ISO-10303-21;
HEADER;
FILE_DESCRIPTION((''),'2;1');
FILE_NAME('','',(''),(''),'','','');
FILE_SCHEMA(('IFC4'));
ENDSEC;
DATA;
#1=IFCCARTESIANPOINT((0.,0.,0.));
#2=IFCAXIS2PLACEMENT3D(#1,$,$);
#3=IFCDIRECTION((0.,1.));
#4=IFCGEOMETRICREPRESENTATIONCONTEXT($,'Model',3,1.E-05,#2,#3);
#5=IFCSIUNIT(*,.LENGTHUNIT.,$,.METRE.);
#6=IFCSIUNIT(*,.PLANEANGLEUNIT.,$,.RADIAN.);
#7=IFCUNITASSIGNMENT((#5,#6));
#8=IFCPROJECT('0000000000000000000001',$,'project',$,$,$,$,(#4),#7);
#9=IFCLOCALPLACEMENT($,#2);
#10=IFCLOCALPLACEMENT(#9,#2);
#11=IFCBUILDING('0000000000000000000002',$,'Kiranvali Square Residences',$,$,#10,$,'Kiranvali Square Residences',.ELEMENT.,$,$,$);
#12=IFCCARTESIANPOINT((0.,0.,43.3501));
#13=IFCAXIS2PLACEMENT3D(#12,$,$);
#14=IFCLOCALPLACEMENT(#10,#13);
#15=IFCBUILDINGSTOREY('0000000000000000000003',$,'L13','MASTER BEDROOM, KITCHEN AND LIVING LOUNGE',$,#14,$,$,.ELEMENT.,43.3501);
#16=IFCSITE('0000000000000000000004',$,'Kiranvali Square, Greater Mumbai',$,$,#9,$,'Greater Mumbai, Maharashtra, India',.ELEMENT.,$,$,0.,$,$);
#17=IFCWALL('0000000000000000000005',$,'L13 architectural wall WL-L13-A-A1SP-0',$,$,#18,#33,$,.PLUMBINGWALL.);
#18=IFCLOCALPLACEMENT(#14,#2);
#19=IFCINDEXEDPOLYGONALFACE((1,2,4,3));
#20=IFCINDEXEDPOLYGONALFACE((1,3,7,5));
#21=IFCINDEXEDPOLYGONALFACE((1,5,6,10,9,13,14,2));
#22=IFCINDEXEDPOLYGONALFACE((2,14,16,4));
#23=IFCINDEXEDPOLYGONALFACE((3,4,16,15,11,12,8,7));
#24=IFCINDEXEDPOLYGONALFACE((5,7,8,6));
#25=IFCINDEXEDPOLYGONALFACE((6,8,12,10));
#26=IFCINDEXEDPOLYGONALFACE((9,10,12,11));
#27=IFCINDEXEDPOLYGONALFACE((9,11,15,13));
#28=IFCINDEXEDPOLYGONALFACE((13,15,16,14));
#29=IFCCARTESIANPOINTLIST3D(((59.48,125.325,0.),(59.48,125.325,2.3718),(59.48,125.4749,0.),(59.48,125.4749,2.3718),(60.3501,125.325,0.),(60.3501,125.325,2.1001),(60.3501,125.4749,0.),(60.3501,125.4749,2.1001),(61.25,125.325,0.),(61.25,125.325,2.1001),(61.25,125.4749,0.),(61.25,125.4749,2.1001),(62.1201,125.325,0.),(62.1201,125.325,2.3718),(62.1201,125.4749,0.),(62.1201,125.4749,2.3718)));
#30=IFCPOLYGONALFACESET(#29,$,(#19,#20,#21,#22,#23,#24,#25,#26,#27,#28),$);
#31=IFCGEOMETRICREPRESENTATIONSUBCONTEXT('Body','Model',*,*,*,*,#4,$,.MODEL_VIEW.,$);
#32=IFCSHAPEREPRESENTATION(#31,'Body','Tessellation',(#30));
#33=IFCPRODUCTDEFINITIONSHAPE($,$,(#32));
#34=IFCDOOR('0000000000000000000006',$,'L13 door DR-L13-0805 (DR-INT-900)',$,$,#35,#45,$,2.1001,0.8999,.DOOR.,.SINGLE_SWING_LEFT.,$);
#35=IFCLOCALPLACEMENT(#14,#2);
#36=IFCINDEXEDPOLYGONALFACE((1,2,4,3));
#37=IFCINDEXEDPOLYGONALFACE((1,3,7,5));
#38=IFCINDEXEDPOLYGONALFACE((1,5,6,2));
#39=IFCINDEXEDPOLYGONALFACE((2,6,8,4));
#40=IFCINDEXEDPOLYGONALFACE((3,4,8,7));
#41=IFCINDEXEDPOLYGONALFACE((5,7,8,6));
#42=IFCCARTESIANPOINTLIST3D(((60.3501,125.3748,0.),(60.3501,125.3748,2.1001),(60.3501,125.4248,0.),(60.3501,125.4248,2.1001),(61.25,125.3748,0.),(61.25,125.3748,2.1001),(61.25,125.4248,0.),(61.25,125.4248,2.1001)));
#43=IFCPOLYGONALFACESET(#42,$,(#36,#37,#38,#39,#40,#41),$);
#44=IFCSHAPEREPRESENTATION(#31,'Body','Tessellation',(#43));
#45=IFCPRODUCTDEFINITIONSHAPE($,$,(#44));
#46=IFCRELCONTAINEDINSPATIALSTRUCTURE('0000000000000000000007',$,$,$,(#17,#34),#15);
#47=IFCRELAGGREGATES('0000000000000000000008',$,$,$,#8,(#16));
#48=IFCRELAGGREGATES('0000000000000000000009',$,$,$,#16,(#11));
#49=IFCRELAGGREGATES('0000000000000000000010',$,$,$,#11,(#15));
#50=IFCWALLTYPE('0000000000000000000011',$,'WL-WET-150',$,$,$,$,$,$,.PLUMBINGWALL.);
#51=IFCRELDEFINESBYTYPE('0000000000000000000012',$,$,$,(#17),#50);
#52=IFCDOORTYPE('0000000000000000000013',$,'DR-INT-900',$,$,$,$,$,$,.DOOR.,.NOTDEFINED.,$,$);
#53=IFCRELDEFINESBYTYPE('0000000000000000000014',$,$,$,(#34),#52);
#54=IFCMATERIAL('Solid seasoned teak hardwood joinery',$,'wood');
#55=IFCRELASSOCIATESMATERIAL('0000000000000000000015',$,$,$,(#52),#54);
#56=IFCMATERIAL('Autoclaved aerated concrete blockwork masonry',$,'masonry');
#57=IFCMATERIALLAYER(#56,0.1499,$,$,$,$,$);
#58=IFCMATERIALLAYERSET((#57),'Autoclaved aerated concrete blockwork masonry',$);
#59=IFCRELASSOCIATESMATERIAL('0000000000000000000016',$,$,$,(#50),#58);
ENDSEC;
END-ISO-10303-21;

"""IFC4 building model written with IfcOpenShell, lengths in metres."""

from ifc_helpers import new_model, si_unit, direction, frame, frame_2d, origin, place, context, subcontext, project, spatial, rectangle, extrude, material, layer, layer_set, type_object, element, fill, save


model = new_model("IFC4")

# Units and contexts
model_context = context("Model", 3, precision=1e-05, world=origin(), true_north=direction((0.0, 1.0)))
body_context = subcontext(model_context, "Body", "Model", "MODEL_VIEW")
ifc_project = project(units=[si_unit("LENGTHUNIT", "METRE"), si_unit("PLANEANGLEUNIT", "RADIAN")], contexts=[model_context])

# Site, building, storey
site_placement = place(None, origin())
site = spatial("IfcSite", under=ifc_project, at=site_placement, Name="Kiranvali Square, Greater Mumbai", LongName="Greater Mumbai, Maharashtra, India", CompositionType="ELEMENT", RefElevation=0.0)
building_placement = place(site_placement, origin())
building = spatial("IfcBuilding", under=site, at=building_placement, Name="Kiranvali Square Residences", LongName="Kiranvali Square Residences", CompositionType="ELEMENT")
storey_placement = place(building_placement, frame((0.0, 0.0, 43.3501)))
storey = spatial("IfcBuildingStorey", under=building, at=storey_placement, Name="L13", Description="MASTER BEDROOM, KITCHEN AND LIVING LOUNGE", CompositionType="ELEMENT", Elevation=43.3501)

# Shared definitions
ifc_material_1 = material(Name="Autoclaved aerated concrete blockwork masonry", Category="masonry")

# Wall, opening, door
ifc_material_2 = material(Name="Solid seasoned teak hardwood joinery", Category="wood")
door_type_1 = type_object("IfcDoorType", Name="DR-INT-900", OperationType="NOTDEFINED", PredefinedType="DOOR", material=ifc_material_2)
ifc_layer_1 = layer(ifc_material_1, 0.1499)
ifc_layer_set_1 = layer_set([ifc_layer_1], Name="Autoclaved aerated concrete blockwork masonry")
wall_type_1 = type_object("IfcWallType", Name="WL-WET-150", PredefinedType="PLUMBINGWALL", material=ifc_layer_set_1)
wall_1_placement = place(storey_placement, frame((59.48, 125.3999, 0.0), z_axis=(0.0, 0.0, 1.0), x_axis=(1.0, 0.0, 0.0)))
wall_1 = element("IfcWall", 1, at=wall_1_placement, inside=storey, type_object=wall_type_1, Name="L13 architectural wall WL-L13-A-A1SP-0", PredefinedType="PLUMBINGWALL", context=body_context, shape_type="SweptSolid", body=[
    extrude(rectangle(XDim=2.6401, YDim=0.1499, at=frame_2d((1.3201, 0.0))), origin(), (0.0, 0.0, 1.0), 2.3718),
])
opening_1_placement = place(wall_1_placement, frame((0.8701, 0.0, 0.0)))
opening_1 = element("IfcOpeningElement", 2, at=opening_1_placement, cuts=wall_1, PredefinedType="OPENING", context=body_context, shape_type="SweptSolid", body=[
    extrude(rectangle(XDim=0.8999, YDim=2.1001, at=frame_2d((0.45, 1.05))), frame((0.0, 0.085, 0.0), z_axis=(0.0, -1.0, 0.0), x_axis=(1.0, 0.0, 0.0)), (0.0, 0.0, 1.0), 0.1699),
])
door_1_placement = place(opening_1_placement, origin())
door_1 = element("IfcDoor", 3, at=door_1_placement, inside=storey, type_object=door_type_1, Name="L13 door DR-L13-0805 (DR-INT-900)", OperationType="SINGLE_SWING_LEFT", OverallHeight=2.1001, OverallWidth=0.8999, PredefinedType="DOOR", context=body_context, shape_type="SweptSolid", body=[
    extrude(rectangle(XDim=0.8999, YDim=2.1001, at=frame_2d((0.45, 1.05))), frame((0.0, 0.0249, 0.0), z_axis=(0.0, -1.0, 0.0), x_axis=(1.0, 0.0, 0.0)), (0.0, 0.0, 1.0), 0.05),
])
fill(opening_1, door_1)

save(model, "model.ifc")
